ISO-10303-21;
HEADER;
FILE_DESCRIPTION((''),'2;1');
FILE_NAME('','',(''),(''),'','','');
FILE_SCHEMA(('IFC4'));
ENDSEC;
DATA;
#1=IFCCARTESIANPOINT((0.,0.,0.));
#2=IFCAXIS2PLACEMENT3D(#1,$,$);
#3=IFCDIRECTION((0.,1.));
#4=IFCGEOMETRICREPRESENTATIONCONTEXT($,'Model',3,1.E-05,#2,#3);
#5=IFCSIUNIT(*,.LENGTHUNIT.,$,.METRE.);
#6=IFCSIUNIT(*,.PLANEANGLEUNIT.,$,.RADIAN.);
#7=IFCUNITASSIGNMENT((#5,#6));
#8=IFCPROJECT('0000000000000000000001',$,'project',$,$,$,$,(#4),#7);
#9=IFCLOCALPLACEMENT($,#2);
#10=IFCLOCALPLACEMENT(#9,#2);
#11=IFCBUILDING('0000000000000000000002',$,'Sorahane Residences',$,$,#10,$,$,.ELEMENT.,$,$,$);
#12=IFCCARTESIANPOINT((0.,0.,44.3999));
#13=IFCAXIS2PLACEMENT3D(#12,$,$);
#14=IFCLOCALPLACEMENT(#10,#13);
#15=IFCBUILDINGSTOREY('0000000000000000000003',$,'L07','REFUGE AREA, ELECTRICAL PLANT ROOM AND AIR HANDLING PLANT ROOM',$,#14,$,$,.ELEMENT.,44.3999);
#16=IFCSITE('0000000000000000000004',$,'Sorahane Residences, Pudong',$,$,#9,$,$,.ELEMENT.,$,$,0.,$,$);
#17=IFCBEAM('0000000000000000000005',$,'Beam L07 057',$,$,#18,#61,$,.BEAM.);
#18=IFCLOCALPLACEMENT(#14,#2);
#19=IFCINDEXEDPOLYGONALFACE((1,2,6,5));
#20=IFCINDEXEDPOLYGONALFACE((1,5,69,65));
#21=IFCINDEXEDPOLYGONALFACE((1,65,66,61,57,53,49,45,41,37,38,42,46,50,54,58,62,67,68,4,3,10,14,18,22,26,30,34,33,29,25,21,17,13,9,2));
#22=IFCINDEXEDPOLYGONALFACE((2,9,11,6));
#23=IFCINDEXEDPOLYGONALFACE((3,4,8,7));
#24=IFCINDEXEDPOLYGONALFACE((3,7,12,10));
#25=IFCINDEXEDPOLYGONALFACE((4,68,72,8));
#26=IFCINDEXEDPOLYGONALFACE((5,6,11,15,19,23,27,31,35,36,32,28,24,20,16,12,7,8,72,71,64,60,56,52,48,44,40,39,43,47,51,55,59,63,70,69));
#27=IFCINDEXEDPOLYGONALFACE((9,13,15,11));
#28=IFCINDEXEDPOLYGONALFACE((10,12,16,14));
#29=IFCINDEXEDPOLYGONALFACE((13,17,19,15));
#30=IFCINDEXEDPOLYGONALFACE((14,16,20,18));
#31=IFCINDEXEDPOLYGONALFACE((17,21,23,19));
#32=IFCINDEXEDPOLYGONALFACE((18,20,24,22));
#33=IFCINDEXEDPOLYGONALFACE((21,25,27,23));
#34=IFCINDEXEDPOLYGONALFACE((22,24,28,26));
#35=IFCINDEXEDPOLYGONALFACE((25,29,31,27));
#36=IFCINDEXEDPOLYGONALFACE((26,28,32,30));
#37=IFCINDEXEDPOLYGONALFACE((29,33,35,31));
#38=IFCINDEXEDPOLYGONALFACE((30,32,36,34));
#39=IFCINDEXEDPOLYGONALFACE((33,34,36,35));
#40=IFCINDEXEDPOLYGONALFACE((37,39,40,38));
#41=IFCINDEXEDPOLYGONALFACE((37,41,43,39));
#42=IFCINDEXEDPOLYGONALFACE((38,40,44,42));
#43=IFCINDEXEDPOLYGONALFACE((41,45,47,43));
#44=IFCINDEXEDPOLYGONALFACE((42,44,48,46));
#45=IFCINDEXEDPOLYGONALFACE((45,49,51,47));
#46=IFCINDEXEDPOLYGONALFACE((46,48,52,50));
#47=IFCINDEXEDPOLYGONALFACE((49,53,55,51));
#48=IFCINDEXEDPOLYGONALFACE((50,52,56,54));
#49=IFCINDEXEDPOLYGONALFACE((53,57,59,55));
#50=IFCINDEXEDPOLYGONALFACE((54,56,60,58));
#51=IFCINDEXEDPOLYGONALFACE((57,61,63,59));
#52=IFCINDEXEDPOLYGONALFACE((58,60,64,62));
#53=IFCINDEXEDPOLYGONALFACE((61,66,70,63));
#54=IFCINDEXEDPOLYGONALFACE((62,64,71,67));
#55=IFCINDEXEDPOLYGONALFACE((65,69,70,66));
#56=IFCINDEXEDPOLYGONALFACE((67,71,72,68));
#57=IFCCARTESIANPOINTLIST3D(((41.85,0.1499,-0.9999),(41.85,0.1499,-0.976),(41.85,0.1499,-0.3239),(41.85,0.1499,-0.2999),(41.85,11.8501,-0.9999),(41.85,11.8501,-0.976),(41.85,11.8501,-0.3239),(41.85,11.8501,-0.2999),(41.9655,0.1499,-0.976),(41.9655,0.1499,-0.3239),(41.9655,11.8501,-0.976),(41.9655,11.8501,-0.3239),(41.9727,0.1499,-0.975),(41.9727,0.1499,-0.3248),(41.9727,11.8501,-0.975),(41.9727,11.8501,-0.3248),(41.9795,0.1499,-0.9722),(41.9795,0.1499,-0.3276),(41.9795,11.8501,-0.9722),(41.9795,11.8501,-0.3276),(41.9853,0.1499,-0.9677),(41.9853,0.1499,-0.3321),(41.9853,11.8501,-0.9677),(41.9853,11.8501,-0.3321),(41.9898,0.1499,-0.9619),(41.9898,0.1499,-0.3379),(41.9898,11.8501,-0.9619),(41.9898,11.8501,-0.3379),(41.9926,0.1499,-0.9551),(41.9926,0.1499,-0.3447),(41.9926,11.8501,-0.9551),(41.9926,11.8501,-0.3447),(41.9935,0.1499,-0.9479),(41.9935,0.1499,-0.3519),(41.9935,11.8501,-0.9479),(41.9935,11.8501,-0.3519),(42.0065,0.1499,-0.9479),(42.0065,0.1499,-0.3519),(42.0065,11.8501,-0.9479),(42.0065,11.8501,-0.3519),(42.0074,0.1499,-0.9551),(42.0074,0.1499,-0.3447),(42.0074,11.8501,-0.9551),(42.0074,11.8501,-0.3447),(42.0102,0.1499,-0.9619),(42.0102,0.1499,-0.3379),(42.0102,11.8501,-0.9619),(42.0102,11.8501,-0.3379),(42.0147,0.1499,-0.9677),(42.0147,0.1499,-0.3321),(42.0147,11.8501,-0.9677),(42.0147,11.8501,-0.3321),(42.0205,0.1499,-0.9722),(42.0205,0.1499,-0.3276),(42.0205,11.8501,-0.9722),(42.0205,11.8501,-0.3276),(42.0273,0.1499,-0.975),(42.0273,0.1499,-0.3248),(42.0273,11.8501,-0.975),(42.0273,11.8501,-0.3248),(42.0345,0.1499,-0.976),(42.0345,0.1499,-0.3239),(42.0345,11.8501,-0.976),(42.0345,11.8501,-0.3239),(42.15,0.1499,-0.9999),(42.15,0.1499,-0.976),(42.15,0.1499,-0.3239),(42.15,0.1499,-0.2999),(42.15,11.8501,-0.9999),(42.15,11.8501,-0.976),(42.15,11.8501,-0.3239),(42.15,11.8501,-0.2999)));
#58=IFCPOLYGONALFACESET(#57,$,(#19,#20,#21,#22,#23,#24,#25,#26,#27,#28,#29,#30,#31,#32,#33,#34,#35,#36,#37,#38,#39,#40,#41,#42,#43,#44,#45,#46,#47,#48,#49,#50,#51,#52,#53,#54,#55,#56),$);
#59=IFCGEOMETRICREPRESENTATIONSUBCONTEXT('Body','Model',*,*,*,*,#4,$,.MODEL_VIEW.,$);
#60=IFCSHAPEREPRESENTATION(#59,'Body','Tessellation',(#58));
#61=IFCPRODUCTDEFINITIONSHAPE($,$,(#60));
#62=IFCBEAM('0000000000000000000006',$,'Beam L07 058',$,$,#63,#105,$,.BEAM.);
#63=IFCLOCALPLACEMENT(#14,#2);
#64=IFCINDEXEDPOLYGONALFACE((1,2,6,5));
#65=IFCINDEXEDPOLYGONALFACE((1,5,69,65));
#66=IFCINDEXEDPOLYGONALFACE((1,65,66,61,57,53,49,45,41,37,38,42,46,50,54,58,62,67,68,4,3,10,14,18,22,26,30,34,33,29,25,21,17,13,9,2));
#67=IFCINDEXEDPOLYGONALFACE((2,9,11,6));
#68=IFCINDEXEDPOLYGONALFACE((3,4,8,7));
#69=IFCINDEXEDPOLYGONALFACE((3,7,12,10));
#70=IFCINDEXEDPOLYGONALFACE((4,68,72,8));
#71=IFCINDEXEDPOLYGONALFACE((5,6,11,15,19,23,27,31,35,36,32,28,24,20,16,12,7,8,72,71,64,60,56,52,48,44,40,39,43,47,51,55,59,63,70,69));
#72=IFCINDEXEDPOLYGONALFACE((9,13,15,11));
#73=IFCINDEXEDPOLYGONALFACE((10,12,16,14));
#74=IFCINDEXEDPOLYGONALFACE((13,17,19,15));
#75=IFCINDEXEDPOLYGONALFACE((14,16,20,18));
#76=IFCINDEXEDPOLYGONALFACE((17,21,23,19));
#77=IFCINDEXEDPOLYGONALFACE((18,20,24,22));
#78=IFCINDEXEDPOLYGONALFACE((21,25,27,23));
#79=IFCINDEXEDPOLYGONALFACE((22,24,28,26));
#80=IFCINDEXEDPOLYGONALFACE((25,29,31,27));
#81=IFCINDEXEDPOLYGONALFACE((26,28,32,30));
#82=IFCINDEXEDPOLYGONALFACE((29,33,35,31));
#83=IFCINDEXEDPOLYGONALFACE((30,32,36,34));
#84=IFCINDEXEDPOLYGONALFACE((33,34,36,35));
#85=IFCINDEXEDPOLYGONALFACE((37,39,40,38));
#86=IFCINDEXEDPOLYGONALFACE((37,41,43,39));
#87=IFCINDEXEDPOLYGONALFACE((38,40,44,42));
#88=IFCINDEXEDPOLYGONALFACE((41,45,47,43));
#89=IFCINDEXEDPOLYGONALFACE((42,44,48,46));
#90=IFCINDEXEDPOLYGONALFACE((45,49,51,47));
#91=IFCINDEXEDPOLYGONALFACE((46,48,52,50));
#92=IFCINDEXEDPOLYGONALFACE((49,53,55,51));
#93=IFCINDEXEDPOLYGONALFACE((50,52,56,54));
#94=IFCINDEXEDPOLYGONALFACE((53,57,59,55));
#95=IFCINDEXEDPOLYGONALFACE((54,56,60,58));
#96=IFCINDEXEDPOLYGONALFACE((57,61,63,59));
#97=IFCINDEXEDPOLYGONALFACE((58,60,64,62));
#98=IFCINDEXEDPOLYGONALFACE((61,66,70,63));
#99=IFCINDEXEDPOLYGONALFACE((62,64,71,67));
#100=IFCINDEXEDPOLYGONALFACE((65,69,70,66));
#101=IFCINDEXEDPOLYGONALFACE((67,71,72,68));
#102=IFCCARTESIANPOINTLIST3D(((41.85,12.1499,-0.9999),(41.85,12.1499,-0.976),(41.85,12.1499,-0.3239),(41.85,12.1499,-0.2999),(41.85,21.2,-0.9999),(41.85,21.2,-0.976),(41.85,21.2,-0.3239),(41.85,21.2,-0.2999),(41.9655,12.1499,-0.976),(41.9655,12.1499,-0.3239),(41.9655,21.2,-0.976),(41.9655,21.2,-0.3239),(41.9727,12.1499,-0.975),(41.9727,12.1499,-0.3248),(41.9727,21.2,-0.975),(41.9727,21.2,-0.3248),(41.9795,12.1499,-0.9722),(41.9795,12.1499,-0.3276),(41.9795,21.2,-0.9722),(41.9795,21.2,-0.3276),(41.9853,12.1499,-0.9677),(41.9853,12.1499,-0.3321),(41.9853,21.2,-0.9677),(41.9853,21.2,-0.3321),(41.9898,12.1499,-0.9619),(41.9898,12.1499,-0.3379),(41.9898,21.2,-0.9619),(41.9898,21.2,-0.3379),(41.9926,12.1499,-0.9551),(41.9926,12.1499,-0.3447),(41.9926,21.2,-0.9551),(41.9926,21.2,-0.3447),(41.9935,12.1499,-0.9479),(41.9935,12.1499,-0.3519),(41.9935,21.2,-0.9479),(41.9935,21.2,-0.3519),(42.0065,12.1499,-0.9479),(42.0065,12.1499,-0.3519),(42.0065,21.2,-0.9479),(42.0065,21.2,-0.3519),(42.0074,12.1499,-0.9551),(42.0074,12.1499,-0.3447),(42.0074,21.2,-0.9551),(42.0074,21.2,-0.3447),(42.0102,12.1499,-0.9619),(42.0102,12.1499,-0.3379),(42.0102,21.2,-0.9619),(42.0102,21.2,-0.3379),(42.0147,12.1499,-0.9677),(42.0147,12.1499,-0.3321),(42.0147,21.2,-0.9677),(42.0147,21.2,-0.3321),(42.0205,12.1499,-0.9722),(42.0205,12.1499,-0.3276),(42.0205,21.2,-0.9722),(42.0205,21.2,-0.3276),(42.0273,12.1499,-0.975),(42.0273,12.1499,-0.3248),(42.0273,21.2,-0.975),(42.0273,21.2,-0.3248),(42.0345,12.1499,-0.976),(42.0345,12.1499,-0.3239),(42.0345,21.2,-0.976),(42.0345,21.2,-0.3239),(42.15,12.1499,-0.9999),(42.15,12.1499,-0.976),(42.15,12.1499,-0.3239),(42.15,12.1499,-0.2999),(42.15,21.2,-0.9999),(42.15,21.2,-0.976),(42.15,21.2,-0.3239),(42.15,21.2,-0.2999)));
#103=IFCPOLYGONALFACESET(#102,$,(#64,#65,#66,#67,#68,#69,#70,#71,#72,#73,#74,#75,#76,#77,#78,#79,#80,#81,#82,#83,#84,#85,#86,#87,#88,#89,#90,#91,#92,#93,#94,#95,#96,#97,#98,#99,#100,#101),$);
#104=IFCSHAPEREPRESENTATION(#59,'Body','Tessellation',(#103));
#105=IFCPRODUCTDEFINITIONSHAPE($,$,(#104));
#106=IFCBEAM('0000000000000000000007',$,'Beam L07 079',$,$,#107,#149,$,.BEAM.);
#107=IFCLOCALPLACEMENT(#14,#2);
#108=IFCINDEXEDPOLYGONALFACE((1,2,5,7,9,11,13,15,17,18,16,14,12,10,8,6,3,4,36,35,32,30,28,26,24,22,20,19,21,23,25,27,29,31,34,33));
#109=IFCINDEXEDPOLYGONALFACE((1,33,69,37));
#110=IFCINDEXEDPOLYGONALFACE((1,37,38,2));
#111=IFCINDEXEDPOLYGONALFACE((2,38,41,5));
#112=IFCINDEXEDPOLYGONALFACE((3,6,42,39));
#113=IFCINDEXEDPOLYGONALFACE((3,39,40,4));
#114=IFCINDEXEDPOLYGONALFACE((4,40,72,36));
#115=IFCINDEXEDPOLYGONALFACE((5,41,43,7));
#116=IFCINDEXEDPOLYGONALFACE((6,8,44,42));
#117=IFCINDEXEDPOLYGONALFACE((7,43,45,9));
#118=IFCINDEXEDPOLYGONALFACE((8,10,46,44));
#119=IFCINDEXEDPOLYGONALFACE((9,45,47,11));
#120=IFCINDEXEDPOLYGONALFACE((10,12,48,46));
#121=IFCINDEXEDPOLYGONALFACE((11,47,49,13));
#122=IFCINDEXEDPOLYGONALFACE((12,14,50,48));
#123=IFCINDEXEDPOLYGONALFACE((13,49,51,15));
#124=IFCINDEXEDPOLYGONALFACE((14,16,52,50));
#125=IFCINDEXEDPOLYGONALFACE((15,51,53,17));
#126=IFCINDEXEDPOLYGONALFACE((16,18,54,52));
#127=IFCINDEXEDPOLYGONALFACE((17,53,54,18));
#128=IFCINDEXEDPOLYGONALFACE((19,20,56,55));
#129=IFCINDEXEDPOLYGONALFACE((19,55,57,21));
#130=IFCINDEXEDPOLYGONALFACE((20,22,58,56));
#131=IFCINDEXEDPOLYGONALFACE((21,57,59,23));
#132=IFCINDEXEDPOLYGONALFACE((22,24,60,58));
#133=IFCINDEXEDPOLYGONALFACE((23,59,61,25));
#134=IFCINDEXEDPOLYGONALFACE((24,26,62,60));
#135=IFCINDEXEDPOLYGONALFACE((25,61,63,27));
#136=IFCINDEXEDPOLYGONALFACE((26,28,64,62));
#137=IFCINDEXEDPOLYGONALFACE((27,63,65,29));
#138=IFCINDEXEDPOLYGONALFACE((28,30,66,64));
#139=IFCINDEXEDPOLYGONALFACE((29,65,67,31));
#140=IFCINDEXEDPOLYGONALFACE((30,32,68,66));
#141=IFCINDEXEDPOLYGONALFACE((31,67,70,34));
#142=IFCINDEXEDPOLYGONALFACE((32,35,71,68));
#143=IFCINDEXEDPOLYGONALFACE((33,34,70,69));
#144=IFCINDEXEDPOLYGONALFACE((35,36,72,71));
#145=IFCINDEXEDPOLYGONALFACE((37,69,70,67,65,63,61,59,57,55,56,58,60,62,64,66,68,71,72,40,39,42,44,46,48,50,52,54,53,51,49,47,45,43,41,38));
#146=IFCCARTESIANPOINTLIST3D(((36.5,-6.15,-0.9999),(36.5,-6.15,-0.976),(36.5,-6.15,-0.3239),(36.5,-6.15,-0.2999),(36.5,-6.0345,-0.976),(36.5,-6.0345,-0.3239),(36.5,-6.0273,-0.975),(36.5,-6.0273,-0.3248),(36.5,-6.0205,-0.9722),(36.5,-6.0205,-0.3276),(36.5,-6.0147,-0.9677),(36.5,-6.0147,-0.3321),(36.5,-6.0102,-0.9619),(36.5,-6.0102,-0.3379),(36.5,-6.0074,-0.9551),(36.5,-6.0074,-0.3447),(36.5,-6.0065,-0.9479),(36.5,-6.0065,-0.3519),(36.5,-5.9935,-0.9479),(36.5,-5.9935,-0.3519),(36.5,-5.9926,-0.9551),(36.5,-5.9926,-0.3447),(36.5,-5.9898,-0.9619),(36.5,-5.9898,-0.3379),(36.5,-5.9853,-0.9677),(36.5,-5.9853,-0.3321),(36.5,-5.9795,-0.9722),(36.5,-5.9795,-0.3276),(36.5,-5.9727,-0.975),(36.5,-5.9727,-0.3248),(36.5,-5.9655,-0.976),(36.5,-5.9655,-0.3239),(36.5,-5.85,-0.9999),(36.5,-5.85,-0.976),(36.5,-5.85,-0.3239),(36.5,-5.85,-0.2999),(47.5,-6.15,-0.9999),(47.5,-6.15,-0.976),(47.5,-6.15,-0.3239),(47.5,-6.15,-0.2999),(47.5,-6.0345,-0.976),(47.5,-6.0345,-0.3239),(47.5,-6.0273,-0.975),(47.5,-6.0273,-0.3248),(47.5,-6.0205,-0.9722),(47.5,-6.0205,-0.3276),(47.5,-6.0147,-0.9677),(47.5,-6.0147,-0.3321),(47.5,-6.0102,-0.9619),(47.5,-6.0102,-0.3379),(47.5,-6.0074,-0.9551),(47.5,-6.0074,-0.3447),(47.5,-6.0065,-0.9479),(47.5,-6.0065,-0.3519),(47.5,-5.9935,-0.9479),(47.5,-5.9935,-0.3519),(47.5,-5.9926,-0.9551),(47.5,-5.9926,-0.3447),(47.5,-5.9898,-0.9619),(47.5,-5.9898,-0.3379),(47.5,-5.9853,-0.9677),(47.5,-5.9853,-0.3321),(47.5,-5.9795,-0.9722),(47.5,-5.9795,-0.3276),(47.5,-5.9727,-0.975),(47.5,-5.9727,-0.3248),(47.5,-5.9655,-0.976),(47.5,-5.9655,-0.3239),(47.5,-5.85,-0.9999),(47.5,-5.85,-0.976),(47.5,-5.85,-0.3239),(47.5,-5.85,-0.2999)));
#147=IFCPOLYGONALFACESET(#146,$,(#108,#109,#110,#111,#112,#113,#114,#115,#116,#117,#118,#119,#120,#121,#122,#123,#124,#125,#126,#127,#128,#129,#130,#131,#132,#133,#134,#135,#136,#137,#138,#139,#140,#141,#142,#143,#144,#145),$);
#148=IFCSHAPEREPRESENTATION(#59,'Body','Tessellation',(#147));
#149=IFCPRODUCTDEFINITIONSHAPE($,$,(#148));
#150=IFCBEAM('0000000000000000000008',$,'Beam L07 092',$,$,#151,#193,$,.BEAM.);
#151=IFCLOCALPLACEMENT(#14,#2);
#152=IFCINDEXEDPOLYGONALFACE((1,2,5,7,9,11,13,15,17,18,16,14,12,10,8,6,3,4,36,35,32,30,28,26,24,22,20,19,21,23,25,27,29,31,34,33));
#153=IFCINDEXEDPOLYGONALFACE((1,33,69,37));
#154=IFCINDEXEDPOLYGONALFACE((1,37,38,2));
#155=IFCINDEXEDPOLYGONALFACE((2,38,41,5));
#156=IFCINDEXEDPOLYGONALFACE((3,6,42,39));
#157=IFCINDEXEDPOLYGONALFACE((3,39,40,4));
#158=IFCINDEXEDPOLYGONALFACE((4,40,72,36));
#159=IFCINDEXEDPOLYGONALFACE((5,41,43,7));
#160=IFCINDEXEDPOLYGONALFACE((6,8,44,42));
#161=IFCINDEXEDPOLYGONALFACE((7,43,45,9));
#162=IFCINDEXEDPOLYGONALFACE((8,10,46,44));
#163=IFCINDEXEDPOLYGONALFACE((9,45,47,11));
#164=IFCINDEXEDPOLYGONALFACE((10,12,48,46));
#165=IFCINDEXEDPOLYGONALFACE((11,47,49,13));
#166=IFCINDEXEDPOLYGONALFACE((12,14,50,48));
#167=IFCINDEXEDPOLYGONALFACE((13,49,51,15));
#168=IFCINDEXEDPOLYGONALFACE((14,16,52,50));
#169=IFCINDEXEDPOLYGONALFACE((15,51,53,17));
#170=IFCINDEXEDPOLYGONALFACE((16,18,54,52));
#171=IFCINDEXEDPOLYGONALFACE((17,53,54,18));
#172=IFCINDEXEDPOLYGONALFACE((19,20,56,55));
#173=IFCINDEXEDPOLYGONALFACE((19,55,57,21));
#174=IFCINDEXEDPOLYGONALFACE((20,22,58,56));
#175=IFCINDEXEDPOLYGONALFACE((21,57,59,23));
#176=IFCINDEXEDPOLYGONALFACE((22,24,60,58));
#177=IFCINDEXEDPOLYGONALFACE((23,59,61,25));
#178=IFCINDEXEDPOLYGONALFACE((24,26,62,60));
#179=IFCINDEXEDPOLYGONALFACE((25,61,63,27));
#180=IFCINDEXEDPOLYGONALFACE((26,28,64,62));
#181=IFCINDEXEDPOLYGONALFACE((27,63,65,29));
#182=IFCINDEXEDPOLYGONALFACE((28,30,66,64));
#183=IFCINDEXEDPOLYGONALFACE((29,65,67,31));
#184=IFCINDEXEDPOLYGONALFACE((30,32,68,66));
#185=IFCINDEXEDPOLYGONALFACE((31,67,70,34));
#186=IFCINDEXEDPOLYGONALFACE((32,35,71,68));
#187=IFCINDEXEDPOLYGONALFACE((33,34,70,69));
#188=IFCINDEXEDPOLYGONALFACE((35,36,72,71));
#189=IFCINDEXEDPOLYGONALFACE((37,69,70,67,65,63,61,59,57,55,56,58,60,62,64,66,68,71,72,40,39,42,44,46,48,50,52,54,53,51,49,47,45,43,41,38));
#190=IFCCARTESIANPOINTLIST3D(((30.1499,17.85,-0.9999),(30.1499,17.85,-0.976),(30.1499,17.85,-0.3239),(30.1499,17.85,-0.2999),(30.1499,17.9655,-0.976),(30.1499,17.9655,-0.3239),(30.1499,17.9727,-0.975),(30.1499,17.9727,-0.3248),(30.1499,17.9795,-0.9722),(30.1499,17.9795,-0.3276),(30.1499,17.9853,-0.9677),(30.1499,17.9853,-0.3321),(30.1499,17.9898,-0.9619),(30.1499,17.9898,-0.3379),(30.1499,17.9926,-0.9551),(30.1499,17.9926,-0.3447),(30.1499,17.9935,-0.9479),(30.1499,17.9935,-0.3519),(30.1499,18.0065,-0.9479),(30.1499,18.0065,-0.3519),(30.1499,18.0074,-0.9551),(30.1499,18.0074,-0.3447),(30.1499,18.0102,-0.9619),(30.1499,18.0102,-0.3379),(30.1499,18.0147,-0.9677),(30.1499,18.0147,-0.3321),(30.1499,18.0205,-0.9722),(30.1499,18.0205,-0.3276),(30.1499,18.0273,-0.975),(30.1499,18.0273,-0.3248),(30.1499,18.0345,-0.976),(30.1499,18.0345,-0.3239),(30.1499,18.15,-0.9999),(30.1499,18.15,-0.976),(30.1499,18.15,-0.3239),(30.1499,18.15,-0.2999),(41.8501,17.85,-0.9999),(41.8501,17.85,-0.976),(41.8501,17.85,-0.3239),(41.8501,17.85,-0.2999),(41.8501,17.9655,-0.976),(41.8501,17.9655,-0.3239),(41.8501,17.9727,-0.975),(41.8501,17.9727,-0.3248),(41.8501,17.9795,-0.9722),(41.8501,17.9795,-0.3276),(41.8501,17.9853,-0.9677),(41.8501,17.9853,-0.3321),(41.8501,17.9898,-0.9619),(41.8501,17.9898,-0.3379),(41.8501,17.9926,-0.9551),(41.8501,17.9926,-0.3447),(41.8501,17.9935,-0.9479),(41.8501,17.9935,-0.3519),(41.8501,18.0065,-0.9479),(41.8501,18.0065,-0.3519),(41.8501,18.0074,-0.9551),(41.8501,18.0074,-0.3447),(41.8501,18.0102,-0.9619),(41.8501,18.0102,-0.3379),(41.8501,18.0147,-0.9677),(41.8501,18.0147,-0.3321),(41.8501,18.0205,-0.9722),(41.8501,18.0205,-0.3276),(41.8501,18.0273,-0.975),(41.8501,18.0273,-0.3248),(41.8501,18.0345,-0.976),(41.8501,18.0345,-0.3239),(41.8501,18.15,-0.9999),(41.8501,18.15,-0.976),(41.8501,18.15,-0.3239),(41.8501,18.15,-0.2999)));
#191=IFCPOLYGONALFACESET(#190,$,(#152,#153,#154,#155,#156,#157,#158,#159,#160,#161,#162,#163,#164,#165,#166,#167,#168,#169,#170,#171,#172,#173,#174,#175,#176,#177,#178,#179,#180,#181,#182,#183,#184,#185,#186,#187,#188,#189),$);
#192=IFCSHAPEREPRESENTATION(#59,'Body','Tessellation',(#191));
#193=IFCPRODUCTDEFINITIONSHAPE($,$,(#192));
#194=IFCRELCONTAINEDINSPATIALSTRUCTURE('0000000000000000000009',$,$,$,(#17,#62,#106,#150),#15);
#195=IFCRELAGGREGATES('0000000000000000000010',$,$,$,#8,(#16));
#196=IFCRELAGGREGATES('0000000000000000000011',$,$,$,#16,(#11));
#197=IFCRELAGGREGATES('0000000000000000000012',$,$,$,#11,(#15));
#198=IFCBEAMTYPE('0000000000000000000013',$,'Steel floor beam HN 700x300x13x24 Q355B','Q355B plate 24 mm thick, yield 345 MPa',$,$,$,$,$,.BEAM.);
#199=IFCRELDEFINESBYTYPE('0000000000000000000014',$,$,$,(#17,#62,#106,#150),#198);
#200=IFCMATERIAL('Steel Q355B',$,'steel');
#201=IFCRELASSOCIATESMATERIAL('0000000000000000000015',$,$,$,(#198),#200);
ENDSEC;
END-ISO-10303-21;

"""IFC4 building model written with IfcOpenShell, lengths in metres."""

from ifc_helpers import new_model, si_unit, direction, frame, origin, origin_2d, place, context, subcontext, project, spatial, i_section, extrude, material, material_profile, profile_set, type_object, element, save


model = new_model("IFC4")

# Units and contexts
model_context = context("Model", 3, precision=1e-05, world=origin(), true_north=direction((0.0, 1.0)))
body_context = subcontext(model_context, "Body", "Model", "MODEL_VIEW")
ifc_project = project(units=[si_unit("LENGTHUNIT", "METRE"), si_unit("PLANEANGLEUNIT", "RADIAN")], contexts=[model_context])

# Site, building, storey
site_placement = place(None, origin())
site = spatial("IfcSite", under=ifc_project, at=site_placement, Name="Sorahane Residences, Pudong", CompositionType="ELEMENT", RefElevation=0.0)
building_placement = place(site_placement, origin())
building = spatial("IfcBuilding", under=site, at=building_placement, Name="Sorahane Residences", CompositionType="ELEMENT")
storey_placement = place(building_placement, frame((0.0, 0.0, 44.3999)))
storey = spatial("IfcBuildingStorey", under=building, at=storey_placement, Name="L07", Description="REFUGE AREA, ELECTRICAL PLANT ROOM AND AIR HANDLING PLANT ROOM", CompositionType="ELEMENT", Elevation=44.3999)

# Beams
ifc_material_1 = material(Name="Steel Q355B", Category="steel")
ifc_material_profile_1 = material_profile(ifc_material_1, i_section(OverallWidth=0.3, OverallDepth=0.7, WebThickness=0.0129, FlangeThickness=0.0239, FilletRadius=0.0281, at=origin_2d()), Name="HN 700x300x13x24")
ifc_profile_set_1 = profile_set([ifc_material_profile_1], Name="Steel Q355B")
beam_type_1 = type_object("IfcBeamType", Name="Steel floor beam HN 700x300x13x24 Q355B", Description="Q355B plate 24 mm thick, yield 345 MPa", PredefinedType="BEAM", material=ifc_profile_set_1)
beam_1_placement = place(storey_placement, frame((42.0, 0.1499, -0.6499), z_axis=(0.0, 1.0, 0.0), x_axis=(-1.0, 0.0, 0.0)))
element("IfcBeam", 1, at=beam_1_placement, inside=storey, type_object=beam_type_1, Name="Beam L07 057", PredefinedType="BEAM", context=body_context, shape_type="SweptSolid", body=[
    extrude(i_section(OverallWidth=0.3, OverallDepth=0.7, WebThickness=0.0129, FlangeThickness=0.0239, FilletRadius=0.0281, at=origin_2d()), origin(), (0.0, 0.0, 1.0), 11.7002),
])
beam_2_placement = place(storey_placement, frame((42.0, 12.1499, -0.6499), z_axis=(0.0, 1.0, 0.0), x_axis=(-1.0, 0.0, 0.0)))
element("IfcBeam", 2, at=beam_2_placement, inside=storey, type_object=beam_type_1, Name="Beam L07 058", PredefinedType="BEAM", context=body_context, shape_type="SweptSolid", body=[
    extrude(i_section(OverallWidth=0.3, OverallDepth=0.7, WebThickness=0.0129, FlangeThickness=0.0239, FilletRadius=0.0281, at=origin_2d()), origin(), (0.0, 0.0, 1.0), 9.05),
])
beam_3_placement = place(storey_placement, frame((36.5, -6.0, -0.6499), z_axis=(1.0, 0.0, 0.0), x_axis=(0.0, 1.0, 0.0)))
element("IfcBeam", 3, at=beam_3_placement, inside=storey, type_object=beam_type_1, Name="Beam L07 079", PredefinedType="BEAM", context=body_context, shape_type="SweptSolid", body=[
    extrude(i_section(OverallWidth=0.3, OverallDepth=0.7, WebThickness=0.0129, FlangeThickness=0.0239, FilletRadius=0.0281, at=origin_2d()), origin(), (0.0, 0.0, 1.0), 11.0),
])
beam_4_placement = place(storey_placement, frame((30.1499, 18.0, -0.6499), z_axis=(1.0, 0.0, 0.0), x_axis=(0.0, 1.0, 0.0)))
element("IfcBeam", 4, at=beam_4_placement, inside=storey, type_object=beam_type_1, Name="Beam L07 092", PredefinedType="BEAM", context=body_context, shape_type="SweptSolid", body=[
    extrude(i_section(OverallWidth=0.3, OverallDepth=0.7, WebThickness=0.0129, FlangeThickness=0.0239, FilletRadius=0.0281, at=origin_2d()), origin(), (0.0, 0.0, 1.0), 11.7002),
])

save(model, "model.ifc")
